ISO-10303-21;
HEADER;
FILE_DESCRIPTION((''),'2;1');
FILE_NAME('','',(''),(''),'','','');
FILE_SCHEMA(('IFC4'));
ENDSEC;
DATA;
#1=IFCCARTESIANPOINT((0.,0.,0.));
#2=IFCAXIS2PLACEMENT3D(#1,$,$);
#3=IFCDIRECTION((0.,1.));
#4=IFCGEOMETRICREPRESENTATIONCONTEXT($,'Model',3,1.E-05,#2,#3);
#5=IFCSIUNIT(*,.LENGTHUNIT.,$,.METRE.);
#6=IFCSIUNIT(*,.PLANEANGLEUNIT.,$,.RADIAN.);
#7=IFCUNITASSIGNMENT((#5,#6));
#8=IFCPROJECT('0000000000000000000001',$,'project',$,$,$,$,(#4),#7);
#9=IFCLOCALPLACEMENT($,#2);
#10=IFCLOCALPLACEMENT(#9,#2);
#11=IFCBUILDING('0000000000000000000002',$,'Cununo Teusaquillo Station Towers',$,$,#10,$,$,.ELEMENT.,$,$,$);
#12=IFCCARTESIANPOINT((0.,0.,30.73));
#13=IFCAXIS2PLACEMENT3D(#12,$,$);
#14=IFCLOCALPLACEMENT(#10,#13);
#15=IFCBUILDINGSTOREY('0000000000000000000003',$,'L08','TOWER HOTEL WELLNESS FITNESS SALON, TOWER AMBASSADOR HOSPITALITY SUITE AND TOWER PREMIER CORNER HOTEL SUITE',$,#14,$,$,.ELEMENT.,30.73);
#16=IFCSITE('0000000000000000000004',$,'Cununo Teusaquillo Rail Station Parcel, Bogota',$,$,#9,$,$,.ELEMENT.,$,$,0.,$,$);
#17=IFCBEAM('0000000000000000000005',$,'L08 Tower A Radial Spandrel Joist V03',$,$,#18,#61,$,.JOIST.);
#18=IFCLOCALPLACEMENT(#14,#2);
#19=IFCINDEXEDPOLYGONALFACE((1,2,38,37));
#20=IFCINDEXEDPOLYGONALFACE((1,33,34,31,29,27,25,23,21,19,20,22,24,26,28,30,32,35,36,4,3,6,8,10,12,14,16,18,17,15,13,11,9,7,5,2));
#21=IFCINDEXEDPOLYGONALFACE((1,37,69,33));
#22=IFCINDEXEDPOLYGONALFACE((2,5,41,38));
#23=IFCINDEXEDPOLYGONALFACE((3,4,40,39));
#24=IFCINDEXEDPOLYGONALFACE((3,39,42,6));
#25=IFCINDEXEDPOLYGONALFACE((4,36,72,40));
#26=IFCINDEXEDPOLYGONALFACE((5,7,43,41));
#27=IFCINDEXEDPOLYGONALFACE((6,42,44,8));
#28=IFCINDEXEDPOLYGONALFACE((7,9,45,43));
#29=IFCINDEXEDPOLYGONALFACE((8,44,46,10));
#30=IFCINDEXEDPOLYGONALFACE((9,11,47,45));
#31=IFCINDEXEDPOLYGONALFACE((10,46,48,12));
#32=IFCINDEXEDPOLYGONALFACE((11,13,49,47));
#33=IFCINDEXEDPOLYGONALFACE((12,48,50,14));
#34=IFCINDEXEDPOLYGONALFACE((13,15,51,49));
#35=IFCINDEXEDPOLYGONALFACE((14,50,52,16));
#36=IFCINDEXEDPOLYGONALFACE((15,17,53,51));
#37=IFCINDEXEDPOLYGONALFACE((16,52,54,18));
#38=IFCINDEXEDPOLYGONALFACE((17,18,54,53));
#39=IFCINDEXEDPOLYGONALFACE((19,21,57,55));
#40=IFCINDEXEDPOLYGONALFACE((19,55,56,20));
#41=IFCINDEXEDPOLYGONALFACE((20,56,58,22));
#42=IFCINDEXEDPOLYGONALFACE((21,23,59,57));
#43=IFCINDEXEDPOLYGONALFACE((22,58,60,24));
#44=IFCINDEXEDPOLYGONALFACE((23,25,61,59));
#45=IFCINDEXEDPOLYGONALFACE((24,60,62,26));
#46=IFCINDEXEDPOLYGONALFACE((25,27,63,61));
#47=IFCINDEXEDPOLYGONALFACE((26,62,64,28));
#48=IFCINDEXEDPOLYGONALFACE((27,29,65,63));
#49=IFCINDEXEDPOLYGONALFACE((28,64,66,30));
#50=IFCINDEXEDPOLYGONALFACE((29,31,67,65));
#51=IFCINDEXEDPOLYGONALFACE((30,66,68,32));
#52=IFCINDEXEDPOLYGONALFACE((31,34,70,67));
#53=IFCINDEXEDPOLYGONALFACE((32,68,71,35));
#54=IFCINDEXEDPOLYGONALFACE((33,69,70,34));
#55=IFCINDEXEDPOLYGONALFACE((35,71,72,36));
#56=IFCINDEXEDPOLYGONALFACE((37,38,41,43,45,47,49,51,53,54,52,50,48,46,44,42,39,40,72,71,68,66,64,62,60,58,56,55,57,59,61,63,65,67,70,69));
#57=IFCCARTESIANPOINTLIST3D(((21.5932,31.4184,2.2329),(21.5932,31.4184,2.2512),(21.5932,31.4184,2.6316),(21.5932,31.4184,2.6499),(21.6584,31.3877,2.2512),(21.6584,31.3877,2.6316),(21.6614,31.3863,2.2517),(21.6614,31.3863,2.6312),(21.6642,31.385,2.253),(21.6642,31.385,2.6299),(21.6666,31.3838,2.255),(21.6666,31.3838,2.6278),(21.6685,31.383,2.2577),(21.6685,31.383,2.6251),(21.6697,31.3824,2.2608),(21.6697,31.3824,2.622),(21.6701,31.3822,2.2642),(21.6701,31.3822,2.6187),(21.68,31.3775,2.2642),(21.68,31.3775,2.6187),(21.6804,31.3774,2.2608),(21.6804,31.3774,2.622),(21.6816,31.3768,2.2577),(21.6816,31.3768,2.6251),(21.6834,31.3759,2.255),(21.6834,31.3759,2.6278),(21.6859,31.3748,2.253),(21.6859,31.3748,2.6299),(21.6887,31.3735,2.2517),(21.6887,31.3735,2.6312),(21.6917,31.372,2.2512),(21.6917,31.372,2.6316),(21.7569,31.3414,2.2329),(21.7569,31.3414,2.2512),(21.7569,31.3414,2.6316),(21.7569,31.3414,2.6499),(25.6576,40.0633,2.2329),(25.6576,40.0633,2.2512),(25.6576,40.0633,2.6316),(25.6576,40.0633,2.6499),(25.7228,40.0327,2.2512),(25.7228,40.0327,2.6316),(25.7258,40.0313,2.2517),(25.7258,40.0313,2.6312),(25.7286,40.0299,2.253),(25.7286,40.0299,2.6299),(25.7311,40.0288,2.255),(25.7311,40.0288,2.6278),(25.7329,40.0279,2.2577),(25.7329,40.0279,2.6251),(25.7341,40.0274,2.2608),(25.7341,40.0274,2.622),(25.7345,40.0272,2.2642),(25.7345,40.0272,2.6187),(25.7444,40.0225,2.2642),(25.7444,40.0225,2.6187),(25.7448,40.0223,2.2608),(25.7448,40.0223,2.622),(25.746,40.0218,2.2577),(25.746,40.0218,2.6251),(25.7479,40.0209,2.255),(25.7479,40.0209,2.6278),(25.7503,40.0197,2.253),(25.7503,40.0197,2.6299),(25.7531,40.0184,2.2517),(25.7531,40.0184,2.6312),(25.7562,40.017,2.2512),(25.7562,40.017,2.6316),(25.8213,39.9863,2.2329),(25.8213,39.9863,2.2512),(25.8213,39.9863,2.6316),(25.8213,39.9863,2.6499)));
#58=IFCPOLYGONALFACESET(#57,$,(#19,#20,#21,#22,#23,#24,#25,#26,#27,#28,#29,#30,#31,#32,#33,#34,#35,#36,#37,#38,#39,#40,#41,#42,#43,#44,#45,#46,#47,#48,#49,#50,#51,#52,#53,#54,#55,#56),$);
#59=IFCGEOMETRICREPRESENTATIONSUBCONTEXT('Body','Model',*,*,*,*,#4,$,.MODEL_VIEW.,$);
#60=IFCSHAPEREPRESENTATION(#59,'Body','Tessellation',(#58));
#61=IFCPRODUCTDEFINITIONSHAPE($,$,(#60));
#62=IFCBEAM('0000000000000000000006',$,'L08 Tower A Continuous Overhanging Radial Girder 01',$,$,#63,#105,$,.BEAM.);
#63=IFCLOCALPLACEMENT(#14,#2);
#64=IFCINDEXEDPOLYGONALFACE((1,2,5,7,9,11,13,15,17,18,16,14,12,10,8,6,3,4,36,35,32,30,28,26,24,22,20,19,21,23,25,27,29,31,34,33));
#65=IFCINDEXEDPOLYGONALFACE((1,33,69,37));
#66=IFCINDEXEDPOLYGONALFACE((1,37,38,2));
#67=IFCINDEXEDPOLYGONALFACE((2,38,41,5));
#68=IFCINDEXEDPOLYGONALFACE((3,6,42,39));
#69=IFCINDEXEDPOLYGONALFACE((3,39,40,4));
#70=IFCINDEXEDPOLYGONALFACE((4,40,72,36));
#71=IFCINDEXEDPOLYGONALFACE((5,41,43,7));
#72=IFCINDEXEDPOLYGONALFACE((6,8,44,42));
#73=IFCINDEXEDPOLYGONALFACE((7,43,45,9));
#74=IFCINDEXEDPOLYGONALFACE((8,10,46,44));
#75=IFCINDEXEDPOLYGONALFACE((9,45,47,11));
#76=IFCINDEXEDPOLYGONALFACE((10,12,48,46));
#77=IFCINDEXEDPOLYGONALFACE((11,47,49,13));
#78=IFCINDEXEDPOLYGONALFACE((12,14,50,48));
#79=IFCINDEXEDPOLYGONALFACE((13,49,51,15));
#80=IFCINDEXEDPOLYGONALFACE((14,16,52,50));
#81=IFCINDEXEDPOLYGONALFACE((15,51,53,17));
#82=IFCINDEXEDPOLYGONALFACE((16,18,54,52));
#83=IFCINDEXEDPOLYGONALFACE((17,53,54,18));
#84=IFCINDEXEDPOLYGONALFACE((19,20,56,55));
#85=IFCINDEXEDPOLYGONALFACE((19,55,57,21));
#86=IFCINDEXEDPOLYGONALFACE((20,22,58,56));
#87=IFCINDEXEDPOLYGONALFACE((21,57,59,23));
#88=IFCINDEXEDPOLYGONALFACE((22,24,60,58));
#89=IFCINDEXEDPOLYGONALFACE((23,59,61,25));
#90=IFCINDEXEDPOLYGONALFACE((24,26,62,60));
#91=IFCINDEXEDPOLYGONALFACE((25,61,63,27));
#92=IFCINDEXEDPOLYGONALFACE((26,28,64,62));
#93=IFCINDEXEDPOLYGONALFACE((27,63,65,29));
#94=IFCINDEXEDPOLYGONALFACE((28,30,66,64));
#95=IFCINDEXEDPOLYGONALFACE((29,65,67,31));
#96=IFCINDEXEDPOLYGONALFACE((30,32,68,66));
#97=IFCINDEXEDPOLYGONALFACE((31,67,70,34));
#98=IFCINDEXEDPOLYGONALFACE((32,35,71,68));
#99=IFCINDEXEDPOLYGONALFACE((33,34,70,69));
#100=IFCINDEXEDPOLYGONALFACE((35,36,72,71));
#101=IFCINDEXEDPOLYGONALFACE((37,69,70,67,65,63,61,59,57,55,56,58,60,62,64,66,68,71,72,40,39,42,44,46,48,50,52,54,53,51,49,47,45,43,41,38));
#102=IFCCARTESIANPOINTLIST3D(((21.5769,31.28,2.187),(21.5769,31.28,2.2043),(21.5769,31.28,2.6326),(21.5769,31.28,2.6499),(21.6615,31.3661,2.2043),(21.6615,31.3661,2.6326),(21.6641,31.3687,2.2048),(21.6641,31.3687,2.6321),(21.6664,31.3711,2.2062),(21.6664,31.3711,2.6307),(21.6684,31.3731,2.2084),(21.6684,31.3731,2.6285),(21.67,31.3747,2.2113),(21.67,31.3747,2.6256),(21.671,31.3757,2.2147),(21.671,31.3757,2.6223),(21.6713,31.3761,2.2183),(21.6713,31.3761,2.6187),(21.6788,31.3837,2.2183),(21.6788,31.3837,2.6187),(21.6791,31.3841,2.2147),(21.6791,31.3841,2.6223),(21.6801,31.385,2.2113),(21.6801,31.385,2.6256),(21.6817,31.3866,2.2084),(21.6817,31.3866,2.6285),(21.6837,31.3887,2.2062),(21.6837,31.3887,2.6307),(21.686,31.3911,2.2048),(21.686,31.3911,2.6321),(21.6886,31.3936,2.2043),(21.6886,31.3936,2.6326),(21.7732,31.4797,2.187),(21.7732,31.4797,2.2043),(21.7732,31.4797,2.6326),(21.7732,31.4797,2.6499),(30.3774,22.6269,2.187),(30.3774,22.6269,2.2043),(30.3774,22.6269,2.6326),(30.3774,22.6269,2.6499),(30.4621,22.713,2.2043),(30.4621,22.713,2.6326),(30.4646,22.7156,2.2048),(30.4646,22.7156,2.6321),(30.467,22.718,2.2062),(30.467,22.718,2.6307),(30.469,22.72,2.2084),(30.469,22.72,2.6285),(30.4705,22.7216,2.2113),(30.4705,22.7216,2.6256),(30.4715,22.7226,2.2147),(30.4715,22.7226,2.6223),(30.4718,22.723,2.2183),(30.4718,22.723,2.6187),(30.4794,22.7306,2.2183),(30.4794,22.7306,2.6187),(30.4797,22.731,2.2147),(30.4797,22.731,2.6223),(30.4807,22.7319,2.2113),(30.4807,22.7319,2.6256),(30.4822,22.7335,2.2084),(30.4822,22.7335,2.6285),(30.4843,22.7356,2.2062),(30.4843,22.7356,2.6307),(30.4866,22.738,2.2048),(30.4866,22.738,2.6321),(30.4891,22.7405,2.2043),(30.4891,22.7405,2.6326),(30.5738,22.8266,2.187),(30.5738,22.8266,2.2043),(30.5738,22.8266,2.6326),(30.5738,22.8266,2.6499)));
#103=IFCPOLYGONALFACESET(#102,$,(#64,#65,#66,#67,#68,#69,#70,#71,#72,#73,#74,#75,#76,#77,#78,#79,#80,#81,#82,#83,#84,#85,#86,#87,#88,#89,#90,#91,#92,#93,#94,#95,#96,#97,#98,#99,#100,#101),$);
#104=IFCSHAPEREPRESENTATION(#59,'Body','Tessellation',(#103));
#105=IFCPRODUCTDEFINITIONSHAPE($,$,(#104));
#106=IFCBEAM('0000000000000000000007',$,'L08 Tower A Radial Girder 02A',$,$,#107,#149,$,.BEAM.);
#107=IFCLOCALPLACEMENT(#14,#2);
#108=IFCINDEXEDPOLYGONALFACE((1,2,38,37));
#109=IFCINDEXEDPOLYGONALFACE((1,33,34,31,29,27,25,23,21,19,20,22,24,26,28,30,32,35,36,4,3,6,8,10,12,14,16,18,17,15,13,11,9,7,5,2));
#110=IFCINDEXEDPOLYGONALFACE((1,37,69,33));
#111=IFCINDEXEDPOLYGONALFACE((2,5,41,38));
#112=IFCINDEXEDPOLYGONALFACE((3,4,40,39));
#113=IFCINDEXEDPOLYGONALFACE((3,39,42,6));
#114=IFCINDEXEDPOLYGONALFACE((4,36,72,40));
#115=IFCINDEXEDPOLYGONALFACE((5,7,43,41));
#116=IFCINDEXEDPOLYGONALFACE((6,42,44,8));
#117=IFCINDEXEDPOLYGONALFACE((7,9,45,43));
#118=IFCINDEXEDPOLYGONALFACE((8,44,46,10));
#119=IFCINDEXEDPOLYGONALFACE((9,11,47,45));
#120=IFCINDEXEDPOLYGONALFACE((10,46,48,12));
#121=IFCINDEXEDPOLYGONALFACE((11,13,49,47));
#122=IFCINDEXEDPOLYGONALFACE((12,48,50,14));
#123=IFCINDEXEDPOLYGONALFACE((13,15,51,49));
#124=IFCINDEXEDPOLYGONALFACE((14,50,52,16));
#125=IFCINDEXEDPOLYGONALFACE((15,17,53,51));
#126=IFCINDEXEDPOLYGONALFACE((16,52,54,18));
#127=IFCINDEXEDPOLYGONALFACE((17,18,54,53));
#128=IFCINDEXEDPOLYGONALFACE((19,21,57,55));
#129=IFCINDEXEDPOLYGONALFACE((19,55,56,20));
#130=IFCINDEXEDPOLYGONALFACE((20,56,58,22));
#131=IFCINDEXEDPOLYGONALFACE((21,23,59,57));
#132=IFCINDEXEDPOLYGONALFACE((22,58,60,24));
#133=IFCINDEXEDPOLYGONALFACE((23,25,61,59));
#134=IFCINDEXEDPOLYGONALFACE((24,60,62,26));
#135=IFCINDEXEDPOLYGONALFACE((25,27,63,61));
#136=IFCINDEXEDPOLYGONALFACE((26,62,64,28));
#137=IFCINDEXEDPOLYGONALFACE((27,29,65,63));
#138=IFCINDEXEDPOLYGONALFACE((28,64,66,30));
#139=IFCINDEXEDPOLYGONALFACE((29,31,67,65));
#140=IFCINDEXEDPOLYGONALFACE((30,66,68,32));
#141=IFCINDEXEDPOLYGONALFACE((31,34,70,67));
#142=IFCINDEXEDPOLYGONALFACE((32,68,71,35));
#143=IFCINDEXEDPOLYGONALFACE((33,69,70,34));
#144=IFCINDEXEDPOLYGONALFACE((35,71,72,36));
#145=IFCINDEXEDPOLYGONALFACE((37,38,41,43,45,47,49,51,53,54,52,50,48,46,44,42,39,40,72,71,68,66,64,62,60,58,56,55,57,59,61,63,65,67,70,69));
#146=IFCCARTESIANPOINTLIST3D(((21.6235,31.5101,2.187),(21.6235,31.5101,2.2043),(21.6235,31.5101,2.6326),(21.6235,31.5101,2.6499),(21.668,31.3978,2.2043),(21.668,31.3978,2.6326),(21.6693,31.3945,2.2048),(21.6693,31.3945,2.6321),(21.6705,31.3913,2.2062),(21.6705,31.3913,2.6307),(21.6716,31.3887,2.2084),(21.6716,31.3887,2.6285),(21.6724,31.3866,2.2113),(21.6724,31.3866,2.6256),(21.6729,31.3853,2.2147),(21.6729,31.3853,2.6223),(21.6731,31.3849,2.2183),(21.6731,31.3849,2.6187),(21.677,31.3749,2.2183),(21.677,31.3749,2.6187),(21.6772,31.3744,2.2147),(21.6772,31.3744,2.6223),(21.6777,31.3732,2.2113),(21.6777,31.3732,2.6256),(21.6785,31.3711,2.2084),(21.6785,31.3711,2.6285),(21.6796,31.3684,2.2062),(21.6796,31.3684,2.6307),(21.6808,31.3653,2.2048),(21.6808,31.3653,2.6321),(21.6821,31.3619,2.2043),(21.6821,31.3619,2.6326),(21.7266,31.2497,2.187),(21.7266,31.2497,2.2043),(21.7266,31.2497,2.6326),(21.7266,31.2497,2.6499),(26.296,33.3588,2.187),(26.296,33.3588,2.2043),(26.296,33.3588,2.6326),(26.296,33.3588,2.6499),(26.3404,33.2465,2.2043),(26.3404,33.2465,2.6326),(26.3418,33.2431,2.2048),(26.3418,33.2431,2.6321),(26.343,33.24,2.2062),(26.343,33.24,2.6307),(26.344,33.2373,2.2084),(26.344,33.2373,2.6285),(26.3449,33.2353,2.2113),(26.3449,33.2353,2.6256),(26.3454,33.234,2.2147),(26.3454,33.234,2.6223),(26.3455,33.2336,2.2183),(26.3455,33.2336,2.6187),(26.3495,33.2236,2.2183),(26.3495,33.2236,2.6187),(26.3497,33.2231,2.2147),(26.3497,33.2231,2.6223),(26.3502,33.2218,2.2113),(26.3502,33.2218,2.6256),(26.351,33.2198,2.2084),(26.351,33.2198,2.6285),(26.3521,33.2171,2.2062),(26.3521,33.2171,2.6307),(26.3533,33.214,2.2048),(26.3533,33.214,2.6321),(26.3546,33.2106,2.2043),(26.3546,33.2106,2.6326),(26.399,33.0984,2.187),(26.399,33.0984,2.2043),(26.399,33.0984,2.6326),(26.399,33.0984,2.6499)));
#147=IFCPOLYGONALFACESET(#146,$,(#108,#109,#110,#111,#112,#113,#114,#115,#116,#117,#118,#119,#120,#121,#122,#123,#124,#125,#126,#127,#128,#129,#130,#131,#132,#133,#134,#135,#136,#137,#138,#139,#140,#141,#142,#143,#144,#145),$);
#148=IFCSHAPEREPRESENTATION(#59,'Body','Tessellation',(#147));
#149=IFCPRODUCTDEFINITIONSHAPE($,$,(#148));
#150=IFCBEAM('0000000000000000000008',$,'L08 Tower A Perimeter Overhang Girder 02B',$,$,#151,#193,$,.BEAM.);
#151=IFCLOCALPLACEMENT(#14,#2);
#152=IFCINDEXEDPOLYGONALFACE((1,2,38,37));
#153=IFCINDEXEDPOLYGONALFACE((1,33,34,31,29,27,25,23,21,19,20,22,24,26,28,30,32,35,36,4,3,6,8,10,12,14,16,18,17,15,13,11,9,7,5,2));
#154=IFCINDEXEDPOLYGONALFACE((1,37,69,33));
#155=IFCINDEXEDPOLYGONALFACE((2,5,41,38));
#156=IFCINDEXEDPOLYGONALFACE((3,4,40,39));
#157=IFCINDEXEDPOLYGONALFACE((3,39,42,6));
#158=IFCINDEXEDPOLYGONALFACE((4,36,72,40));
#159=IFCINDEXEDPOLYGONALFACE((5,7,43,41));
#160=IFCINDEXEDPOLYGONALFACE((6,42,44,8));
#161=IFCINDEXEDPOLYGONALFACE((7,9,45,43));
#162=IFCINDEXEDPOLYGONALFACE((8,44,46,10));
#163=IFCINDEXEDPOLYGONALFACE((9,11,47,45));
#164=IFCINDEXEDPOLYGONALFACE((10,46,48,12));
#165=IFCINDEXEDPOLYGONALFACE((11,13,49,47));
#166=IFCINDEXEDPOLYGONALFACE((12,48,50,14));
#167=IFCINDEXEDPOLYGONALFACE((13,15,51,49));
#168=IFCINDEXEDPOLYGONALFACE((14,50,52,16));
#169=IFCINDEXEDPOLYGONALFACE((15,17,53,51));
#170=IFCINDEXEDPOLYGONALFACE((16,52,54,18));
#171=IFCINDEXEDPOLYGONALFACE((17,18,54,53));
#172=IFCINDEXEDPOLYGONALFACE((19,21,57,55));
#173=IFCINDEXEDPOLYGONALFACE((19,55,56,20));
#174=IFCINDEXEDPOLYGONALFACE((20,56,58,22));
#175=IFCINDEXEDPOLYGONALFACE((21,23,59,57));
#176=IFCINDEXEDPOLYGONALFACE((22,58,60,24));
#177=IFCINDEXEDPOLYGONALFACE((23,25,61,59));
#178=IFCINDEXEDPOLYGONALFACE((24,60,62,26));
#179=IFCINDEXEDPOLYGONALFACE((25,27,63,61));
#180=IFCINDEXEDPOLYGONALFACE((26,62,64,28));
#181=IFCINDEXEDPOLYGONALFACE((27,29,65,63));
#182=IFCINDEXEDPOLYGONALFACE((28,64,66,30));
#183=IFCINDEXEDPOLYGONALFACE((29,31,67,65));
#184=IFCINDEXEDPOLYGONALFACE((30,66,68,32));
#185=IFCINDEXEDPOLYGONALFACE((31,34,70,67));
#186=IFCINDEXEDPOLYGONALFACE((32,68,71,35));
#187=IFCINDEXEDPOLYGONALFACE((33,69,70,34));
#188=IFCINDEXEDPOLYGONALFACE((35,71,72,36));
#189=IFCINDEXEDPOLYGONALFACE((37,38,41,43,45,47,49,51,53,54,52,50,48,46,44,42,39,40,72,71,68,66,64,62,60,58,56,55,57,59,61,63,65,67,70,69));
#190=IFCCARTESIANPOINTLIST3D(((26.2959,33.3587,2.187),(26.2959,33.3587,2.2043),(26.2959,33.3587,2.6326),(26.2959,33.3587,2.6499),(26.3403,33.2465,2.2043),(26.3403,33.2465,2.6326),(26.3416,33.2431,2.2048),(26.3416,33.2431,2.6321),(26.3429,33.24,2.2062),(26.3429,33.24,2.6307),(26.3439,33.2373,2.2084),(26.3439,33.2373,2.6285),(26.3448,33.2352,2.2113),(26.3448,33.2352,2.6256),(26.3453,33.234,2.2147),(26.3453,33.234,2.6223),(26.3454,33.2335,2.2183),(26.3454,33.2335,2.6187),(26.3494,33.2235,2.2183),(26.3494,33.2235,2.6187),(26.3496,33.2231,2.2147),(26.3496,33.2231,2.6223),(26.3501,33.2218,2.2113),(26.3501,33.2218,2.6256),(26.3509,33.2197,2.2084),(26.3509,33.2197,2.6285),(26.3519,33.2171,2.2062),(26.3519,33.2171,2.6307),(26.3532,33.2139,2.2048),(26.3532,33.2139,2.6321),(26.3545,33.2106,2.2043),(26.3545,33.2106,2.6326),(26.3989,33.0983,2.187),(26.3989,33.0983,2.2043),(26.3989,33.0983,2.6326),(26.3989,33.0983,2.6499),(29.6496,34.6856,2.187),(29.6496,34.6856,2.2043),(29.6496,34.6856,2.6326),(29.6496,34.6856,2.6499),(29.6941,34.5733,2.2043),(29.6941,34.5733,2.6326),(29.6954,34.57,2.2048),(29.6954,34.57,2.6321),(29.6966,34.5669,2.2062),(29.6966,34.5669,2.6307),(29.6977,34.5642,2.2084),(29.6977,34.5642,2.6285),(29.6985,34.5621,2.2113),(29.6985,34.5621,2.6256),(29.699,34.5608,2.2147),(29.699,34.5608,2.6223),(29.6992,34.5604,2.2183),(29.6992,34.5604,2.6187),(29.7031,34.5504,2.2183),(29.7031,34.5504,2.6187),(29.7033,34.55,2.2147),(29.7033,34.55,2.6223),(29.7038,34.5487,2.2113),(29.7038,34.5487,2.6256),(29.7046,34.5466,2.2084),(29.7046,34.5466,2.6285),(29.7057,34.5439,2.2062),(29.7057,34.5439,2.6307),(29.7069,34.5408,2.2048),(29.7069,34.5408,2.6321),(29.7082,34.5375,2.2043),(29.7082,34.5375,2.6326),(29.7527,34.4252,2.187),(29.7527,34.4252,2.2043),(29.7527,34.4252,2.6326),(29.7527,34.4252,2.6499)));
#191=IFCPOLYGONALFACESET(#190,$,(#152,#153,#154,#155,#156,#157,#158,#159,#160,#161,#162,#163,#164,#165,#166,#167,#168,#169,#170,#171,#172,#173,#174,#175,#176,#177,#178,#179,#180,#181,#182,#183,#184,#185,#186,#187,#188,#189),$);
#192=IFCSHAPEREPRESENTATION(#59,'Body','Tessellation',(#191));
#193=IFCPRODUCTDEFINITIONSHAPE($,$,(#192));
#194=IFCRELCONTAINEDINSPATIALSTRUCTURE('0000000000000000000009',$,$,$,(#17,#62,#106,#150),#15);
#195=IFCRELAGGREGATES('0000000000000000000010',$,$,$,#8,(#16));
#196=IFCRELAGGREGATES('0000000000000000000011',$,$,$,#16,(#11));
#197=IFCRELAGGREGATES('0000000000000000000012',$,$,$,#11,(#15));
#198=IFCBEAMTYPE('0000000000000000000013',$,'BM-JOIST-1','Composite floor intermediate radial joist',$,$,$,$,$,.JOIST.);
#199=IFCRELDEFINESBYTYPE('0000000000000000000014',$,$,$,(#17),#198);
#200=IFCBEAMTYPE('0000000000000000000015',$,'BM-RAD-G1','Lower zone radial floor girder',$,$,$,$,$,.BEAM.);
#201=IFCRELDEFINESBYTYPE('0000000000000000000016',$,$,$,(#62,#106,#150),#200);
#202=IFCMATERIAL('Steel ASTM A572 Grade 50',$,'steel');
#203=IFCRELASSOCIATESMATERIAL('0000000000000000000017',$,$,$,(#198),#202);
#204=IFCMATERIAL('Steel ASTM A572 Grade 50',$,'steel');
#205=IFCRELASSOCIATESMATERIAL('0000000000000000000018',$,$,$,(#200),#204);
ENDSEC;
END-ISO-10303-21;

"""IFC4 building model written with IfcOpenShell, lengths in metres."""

from ifc_helpers import new_model, si_unit, direction, frame, origin, origin_2d, place, context, subcontext, project, spatial, i_section, extrude, material, material_profile, profile_set, type_object, element, save


model = new_model("IFC4")

# Units and contexts
model_context = context("Model", 3, precision=1e-05, world=origin(), true_north=direction((0.0, 1.0)))
body_context = subcontext(model_context, "Body", "Model", "MODEL_VIEW")
ifc_project = project(units=[si_unit("LENGTHUNIT", "METRE"), si_unit("PLANEANGLEUNIT", "RADIAN")], contexts=[model_context])

# Site, building, storey
site_placement = place(None, origin())
site = spatial("IfcSite", under=ifc_project, at=site_placement, Name="Cununo Teusaquillo Rail Station Parcel, Bogota", CompositionType="ELEMENT", RefElevation=0.0)
building_placement = place(site_placement, origin())
building = spatial("IfcBuilding", under=site, at=building_placement, Name="Cununo Teusaquillo Station Towers", CompositionType="ELEMENT")
storey_placement = place(building_placement, frame((0.0, 0.0, 30.73)))
storey = spatial("IfcBuildingStorey", under=building, at=storey_placement, Name="L08", Description="TOWER HOTEL WELLNESS FITNESS SALON, TOWER AMBASSADOR HOSPITALITY SUITE AND TOWER PREMIER CORNER HOTEL SUITE", CompositionType="ELEMENT", Elevation=30.73)

# Beams
ifc_material_1 = material(Name="Steel ASTM A572 Grade 50", Category="steel")
ifc_material_profile_1 = material_profile(ifc_material_1, i_section(OverallWidth=0.1809, OverallDepth=0.417, WebThickness=0.011, FlangeThickness=0.0183, FilletRadius=0.0129, at=origin_2d()), Name="W16X57")
ifc_profile_set_1 = profile_set([ifc_material_profile_1], Name="Steel ASTM A572 Grade 50")
beam_type_1 = type_object("IfcBeamType", Name="BM-JOIST-1", Description="Composite floor intermediate radial joist", PredefinedType="JOIST", material=ifc_profile_set_1)
beam_1_placement = place(storey_placement, frame((21.675, 31.3799, 2.4414), z_axis=(0.425472, 0.904972, 0.0), x_axis=(-0.904972, 0.425472, 0.0)))
element("IfcBeam", 1, at=beam_1_placement, inside=storey, type_object=beam_type_1, Name="L08 Tower A Radial Spandrel Joist V03", PredefinedType="JOIST", context=body_context, shape_type="SweptSolid", body=[
    extrude(i_section(OverallWidth=0.1809, OverallDepth=0.417, WebThickness=0.011, FlangeThickness=0.0183, FilletRadius=0.0129, at=origin_2d()), origin(), (0.0, 0.0, 1.0), 9.5527),
])
ifc_material_2 = material(Name="Steel ASTM A572 Grade 50", Category="steel")
ifc_material_profile_2 = material_profile(ifc_material_2, i_section(OverallWidth=0.28, OverallDepth=0.4629, WebThickness=0.0107, FlangeThickness=0.0173, FilletRadius=0.0139, at=origin_2d()), Name="W18X76")
ifc_profile_set_2 = profile_set([ifc_material_profile_2], Name="Steel ASTM A572 Grade 50")
beam_type_2 = type_object("IfcBeamType", Name="BM-RAD-G1", Description="Lower zone radial floor girder", PredefinedType="BEAM", material=ifc_profile_set_2)
beam_2_placement = place(storey_placement, frame((21.675, 31.3799, 2.4185), z_axis=(0.713055, -0.701108, 0.0), x_axis=(0.701108, 0.713055, 0.0)))
element("IfcBeam", 2, at=beam_2_placement, inside=storey, type_object=beam_type_2, Name="L08 Tower A Continuous Overhanging Radial Girder 01", PredefinedType="BEAM", context=body_context, shape_type="SweptSolid", body=[
    extrude(i_section(OverallWidth=0.28, OverallDepth=0.4629, WebThickness=0.0107, FlangeThickness=0.0173, FilletRadius=0.0139, at=origin_2d()), origin(), (0.0, 0.0, 1.0), 12.342),
])
beam_3_placement = place(storey_placement, frame((21.675, 31.3799, 2.4185), z_axis=(0.929864, 0.367903, 0.0), x_axis=(-0.367903, 0.929864, 0.0)))
element("IfcBeam", 3, at=beam_3_placement, inside=storey, type_object=beam_type_2, Name="L08 Tower A Radial Girder 02A", PredefinedType="BEAM", context=body_context, shape_type="SweptSolid", body=[
    extrude(i_section(OverallWidth=0.28, OverallDepth=0.4629, WebThickness=0.0107, FlangeThickness=0.0173, FilletRadius=0.0139, at=origin_2d()), origin(), (0.0, 0.0, 1.0), 5.0249),
])
beam_4_placement = place(storey_placement, frame((26.3474, 33.2285, 2.4185), z_axis=(0.929866, 0.367898, 0.0), x_axis=(-0.367898, 0.929866, 0.0)))
element("IfcBeam", 4, at=beam_4_placement, inside=storey, type_object=beam_type_2, Name="L08 Tower A Perimeter Overhang Girder 02B", PredefinedType="BEAM", context=body_context, shape_type="SweptSolid", body=[
    extrude(i_section(OverallWidth=0.28, OverallDepth=0.4629, WebThickness=0.0107, FlangeThickness=0.0173, FilletRadius=0.0139, at=origin_2d()), origin(), (0.0, 0.0, 1.0), 3.6067),
])

save(model, "model.ifc")
